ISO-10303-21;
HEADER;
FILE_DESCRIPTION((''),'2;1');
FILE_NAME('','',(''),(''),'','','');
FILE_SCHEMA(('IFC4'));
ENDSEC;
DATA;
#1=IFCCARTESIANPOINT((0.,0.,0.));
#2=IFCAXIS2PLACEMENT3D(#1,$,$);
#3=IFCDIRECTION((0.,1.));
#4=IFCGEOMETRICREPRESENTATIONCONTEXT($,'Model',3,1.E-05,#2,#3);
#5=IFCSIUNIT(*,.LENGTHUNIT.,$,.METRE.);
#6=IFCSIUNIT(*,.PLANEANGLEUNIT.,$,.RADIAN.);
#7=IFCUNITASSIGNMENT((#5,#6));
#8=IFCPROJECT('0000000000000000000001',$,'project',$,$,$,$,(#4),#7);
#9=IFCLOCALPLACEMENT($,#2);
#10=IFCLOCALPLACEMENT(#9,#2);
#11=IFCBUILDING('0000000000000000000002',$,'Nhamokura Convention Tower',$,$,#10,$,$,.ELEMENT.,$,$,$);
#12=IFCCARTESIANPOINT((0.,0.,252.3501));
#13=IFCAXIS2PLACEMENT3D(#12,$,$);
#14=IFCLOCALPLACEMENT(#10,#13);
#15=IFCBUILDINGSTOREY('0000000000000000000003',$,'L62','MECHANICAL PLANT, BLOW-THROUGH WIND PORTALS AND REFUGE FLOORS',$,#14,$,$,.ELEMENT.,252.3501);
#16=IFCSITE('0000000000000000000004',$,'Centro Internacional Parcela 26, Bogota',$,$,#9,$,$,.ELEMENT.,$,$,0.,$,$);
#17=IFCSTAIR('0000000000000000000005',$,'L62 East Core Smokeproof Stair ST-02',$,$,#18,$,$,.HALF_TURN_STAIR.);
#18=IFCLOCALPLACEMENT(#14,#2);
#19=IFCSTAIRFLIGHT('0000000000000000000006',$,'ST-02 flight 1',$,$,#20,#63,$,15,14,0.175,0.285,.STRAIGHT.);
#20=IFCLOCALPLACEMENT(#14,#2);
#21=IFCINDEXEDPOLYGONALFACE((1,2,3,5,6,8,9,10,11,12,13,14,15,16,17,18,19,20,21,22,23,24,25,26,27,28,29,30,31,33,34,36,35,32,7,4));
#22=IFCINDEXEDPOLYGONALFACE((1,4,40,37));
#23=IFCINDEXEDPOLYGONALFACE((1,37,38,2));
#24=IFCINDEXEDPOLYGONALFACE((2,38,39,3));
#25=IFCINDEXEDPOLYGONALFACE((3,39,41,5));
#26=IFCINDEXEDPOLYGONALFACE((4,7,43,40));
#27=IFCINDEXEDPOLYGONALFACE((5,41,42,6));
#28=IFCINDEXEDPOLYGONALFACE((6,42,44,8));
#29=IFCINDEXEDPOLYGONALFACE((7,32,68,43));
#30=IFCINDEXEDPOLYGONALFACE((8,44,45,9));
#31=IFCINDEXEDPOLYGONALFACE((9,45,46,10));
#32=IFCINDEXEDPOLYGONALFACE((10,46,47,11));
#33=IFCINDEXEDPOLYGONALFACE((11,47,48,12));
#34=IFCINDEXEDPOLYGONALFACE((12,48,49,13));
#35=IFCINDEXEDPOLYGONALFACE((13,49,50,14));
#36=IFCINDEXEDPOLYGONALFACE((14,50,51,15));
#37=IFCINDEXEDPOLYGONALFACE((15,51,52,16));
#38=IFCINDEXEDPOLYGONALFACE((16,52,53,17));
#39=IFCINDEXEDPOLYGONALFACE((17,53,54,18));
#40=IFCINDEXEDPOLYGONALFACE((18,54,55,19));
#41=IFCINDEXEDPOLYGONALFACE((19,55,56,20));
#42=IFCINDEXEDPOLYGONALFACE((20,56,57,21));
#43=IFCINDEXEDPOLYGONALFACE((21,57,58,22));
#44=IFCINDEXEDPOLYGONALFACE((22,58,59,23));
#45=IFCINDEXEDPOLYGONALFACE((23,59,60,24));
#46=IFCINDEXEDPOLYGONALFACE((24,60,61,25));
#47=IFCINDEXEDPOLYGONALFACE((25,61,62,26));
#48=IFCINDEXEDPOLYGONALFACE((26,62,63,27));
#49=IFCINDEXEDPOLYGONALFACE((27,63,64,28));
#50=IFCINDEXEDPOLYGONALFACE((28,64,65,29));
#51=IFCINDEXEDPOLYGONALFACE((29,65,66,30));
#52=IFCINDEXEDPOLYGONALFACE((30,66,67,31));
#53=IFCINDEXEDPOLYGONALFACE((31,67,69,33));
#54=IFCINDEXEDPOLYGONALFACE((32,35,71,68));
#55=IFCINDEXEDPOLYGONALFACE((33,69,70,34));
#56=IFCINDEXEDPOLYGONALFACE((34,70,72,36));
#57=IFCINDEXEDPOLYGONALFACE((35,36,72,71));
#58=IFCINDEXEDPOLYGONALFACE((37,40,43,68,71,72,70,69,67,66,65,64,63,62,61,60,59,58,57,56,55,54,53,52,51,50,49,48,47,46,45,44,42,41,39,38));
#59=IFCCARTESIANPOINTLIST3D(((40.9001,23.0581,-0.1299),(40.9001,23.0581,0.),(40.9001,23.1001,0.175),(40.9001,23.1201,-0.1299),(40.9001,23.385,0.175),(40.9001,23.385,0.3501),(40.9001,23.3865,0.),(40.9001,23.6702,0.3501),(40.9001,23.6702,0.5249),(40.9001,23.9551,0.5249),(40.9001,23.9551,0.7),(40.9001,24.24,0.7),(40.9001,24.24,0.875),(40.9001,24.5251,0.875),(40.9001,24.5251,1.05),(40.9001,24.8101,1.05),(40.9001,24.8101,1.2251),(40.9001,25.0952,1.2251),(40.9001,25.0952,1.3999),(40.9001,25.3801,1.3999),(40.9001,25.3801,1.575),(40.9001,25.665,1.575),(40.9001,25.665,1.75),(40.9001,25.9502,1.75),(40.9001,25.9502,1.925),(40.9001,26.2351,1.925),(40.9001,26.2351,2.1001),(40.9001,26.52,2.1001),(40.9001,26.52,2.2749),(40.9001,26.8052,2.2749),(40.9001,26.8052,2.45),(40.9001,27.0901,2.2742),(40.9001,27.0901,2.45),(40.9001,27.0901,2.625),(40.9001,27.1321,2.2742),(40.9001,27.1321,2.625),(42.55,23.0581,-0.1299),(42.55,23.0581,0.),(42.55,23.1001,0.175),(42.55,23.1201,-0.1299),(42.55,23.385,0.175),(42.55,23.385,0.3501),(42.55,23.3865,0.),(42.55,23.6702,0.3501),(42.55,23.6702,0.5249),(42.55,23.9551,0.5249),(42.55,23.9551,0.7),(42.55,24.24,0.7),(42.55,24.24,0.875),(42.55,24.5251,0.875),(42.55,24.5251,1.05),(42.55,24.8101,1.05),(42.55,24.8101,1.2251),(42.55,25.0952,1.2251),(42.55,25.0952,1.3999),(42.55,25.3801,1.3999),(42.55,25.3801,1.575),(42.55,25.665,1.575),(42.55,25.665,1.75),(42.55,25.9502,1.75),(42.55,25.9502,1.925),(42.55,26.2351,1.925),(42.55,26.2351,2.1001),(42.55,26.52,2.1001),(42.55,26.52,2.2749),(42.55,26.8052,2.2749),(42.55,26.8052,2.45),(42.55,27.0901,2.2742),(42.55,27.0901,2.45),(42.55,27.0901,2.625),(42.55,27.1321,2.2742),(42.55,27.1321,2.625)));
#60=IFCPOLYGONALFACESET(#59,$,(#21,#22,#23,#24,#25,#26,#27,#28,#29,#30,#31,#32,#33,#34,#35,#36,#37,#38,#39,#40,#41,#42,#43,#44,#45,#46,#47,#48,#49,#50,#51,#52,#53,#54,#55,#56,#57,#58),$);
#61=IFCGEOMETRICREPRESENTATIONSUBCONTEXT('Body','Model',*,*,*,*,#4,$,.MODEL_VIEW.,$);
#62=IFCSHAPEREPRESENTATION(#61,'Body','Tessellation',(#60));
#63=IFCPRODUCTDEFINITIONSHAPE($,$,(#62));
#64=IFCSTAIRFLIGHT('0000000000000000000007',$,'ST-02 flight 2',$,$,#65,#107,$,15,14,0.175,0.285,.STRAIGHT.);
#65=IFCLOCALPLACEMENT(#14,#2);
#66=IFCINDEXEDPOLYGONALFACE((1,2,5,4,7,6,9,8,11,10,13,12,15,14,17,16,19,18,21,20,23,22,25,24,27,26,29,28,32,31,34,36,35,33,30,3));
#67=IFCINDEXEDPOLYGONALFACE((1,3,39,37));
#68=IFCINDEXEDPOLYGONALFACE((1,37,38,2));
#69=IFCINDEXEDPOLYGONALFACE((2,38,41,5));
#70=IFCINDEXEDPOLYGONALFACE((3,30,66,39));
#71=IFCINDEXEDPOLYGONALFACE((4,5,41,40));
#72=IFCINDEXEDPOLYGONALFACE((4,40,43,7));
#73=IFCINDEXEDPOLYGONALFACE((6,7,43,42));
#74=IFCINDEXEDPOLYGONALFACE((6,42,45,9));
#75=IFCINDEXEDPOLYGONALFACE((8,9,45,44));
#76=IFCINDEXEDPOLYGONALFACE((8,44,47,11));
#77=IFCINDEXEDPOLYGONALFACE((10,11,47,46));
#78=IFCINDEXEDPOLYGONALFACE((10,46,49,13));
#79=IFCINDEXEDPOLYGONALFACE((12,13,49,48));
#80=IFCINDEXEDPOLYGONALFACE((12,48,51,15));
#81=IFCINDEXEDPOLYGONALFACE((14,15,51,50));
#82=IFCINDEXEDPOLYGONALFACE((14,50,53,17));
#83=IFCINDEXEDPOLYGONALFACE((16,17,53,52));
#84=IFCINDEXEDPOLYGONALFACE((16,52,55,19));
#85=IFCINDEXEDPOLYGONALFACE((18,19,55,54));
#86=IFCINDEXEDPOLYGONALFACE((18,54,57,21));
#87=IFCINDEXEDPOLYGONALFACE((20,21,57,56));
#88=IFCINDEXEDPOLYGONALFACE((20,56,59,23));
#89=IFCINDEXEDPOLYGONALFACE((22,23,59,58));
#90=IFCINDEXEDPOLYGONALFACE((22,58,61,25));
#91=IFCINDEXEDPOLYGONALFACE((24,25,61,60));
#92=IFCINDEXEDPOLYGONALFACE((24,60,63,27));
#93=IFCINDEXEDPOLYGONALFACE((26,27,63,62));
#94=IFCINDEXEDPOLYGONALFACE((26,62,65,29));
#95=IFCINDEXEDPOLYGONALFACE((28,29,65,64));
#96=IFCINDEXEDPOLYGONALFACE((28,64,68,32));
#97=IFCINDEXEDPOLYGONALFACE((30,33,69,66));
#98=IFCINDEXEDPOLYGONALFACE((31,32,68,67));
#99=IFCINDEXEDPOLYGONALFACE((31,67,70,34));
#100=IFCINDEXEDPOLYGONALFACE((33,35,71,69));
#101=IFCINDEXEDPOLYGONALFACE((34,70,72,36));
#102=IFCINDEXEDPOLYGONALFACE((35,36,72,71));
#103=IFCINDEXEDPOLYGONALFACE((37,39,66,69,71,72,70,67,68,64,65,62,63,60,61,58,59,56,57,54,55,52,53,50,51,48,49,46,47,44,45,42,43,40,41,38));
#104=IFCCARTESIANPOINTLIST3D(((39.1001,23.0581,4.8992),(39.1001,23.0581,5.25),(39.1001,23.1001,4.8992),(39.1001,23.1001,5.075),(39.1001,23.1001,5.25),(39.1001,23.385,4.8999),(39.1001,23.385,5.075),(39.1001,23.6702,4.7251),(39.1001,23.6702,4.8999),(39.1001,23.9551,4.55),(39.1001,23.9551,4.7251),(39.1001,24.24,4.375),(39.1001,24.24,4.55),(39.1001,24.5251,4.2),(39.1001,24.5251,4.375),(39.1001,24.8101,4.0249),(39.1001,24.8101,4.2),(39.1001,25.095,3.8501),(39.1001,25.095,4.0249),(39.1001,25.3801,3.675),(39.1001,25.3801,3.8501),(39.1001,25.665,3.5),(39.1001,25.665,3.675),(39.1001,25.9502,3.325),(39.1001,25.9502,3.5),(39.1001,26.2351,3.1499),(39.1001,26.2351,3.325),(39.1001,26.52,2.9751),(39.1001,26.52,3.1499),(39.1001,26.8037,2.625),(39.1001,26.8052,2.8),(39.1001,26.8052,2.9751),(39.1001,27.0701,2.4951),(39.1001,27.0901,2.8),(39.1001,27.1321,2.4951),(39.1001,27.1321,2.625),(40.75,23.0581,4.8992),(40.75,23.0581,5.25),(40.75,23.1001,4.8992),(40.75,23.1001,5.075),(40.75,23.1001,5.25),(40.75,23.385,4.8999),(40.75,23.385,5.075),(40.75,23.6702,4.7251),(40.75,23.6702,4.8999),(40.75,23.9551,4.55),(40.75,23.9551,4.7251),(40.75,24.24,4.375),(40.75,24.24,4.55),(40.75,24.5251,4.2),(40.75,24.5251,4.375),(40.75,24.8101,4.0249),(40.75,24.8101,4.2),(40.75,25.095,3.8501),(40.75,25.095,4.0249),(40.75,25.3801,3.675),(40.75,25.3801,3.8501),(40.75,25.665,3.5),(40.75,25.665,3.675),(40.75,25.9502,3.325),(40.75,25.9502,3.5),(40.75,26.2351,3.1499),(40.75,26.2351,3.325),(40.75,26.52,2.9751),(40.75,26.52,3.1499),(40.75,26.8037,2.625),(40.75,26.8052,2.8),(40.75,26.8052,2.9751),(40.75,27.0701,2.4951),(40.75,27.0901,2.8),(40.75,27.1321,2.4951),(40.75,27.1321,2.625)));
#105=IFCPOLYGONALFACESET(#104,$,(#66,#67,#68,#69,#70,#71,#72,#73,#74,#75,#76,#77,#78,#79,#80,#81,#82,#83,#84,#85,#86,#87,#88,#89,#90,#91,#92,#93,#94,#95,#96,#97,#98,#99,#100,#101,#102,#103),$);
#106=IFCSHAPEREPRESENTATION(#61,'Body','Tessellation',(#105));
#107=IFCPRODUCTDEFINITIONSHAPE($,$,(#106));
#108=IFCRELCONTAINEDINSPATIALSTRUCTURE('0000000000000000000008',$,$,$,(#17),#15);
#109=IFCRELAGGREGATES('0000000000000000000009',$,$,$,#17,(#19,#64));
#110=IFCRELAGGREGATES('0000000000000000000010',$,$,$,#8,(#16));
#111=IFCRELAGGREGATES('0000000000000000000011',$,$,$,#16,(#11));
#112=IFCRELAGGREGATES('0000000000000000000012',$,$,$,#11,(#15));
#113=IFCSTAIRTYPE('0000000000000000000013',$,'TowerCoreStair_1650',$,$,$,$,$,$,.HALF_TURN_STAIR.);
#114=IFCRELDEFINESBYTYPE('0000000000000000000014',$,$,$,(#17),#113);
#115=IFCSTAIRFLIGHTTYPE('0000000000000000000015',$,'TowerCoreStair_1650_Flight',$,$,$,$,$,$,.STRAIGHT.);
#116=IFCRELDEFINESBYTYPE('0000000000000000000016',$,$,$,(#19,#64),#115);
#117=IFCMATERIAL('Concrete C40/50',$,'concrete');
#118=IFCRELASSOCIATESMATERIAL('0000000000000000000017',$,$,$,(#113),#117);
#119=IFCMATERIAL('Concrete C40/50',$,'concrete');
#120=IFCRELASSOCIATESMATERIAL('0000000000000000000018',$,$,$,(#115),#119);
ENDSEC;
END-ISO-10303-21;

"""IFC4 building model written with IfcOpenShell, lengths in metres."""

from ifc_helpers import new_model, si_unit, direction, frame, origin, place, context, subcontext, project, spatial, polyline, outline, extrude, material, type_object, element, aggregate, save


model = new_model("IFC4")

# Units and contexts
model_context = context("Model", 3, precision=1e-05, world=origin(), true_north=direction((0.0, 1.0)))
body_context = subcontext(model_context, "Body", "Model", "MODEL_VIEW")
ifc_project = project(units=[si_unit("LENGTHUNIT", "METRE"), si_unit("PLANEANGLEUNIT", "RADIAN")], contexts=[model_context])

# Site, building, storey
site_placement = place(None, origin())
site = spatial("IfcSite", under=ifc_project, at=site_placement, Name="Centro Internacional Parcela 26, Bogota", CompositionType="ELEMENT", RefElevation=0.0)
building_placement = place(site_placement, origin())
building = spatial("IfcBuilding", under=site, at=building_placement, Name="Nhamokura Convention Tower", CompositionType="ELEMENT")
storey_placement = place(building_placement, frame((0.0, 0.0, 252.3501)))
storey = spatial("IfcBuildingStorey", under=building, at=storey_placement, Name="L62", Description="MECHANICAL PLANT, BLOW-THROUGH WIND PORTALS AND REFUGE FLOORS", CompositionType="ELEMENT", Elevation=252.3501)

# Stair, stair flights
ifc_material_1 = material(Name="Concrete C40/50", Category="concrete")
stair_type = type_object("IfcStairType", Name="TowerCoreStair_1650", PredefinedType="HALF_TURN_STAIR", material=ifc_material_1)
stair_placement = place(storey_placement, origin())
stair = element("IfcStair", 1, at=stair_placement, inside=storey, type_object=stair_type, Name="L62 East Core Smokeproof Stair ST-02", PredefinedType="HALF_TURN_STAIR")
ifc_material_2 = material(Name="Concrete C40/50", Category="concrete")
stair_flight_type = type_object("IfcStairFlightType", Name="TowerCoreStair_1650_Flight", PredefinedType="STRAIGHT", material=ifc_material_2)
stair_flight_1_placement = place(storey_placement, frame((41.7251, 23.1001, 0.0), z_axis=(0.0, 0.0, 1.0), x_axis=(0.0, 1.0, 0.0)))
stair_flight_1 = element("IfcStairFlight", 2, at=stair_flight_1_placement, type_object=stair_flight_type, Name="ST-02 flight 1", NumberOfRisers=15, NumberOfTreads=14, PredefinedType="STRAIGHT", RiserHeight=0.175, TreadLength=0.285, context=body_context, shape_type="SweptSolid", body=[
    extrude(outline(polyline([(-0.042, 0.0), (0.0, 0.175), (0.2849, 0.175), (0.2849, 0.3501), (0.5701, 0.3501), (0.5701, 0.5249), (0.855, 0.5249), (0.855, 0.7), (1.1399, 0.7), (1.1399, 0.875), (1.425, 0.875), (1.425, 1.05), (1.71, 1.05), (1.71, 1.2251), (1.9951, 1.2251), (1.9951, 1.3999), (2.28, 1.3999), (2.28, 1.575), (2.5649, 1.575), (2.5649, 1.75), (2.8501, 1.75), (2.8501, 1.925), (3.135, 1.925), (3.135, 2.1001), (3.4199, 2.1001), (3.4199, 2.2749), (3.7051, 2.2749), (3.7051, 2.45), (3.99, 2.45), (3.99, 2.625), (4.032, 2.625), (4.032, 2.2742), (3.99, 2.2742), (0.2864, 0.0), (0.02, -0.1299), (-0.042, -0.1299), (-0.042, 0.0)])), frame((0.0, 0.825, 0.0), z_axis=(0.0, -1.0, 0.0), x_axis=(1.0, 0.0, 0.0)), (0.0, 0.0, 1.0), 1.6499),
])
stair_flight_2_placement = place(storey_placement, frame((39.925, 27.0901, 2.625), z_axis=(0.0, 0.0, 1.0), x_axis=(0.0, -1.0, 0.0)))
stair_flight_2 = element("IfcStairFlight", 3, at=stair_flight_2_placement, type_object=stair_flight_type, Name="ST-02 flight 2", NumberOfRisers=15, NumberOfTreads=14, PredefinedType="STRAIGHT", RiserHeight=0.175, TreadLength=0.285, context=body_context, shape_type="SweptSolid", body=[
    extrude(outline(polyline([(-0.042, 0.0), (0.0, 0.175), (0.2849, 0.175), (0.2849, 0.3501), (0.5701, 0.3501), (0.5701, 0.5249), (0.855, 0.5249), (0.855, 0.7), (1.1399, 0.7), (1.1399, 0.875), (1.425, 0.875), (1.425, 1.05), (1.71, 1.05), (1.71, 1.2251), (1.9951, 1.2251), (1.9951, 1.3999), (2.28, 1.3999), (2.28, 1.575), (2.5649, 1.575), (2.5649, 1.75), (2.8501, 1.75), (2.8501, 1.925), (3.135, 1.925), (3.135, 2.1001), (3.4199, 2.1001), (3.4199, 2.2749), (3.7051, 2.2749), (3.7051, 2.45), (3.99, 2.45), (3.99, 2.625), (4.032, 2.625), (4.032, 2.2742), (3.99, 2.2742), (0.2864, 0.0), (0.02, -0.1299), (-0.042, -0.1299), (-0.042, 0.0)])), frame((0.0, 0.825, 0.0), z_axis=(0.0, -1.0, 0.0), x_axis=(1.0, 0.0, 0.0)), (0.0, 0.0, 1.0), 1.6499),
])
aggregate(stair, [stair_flight_1, stair_flight_2])

save(model, "model.ifc")
